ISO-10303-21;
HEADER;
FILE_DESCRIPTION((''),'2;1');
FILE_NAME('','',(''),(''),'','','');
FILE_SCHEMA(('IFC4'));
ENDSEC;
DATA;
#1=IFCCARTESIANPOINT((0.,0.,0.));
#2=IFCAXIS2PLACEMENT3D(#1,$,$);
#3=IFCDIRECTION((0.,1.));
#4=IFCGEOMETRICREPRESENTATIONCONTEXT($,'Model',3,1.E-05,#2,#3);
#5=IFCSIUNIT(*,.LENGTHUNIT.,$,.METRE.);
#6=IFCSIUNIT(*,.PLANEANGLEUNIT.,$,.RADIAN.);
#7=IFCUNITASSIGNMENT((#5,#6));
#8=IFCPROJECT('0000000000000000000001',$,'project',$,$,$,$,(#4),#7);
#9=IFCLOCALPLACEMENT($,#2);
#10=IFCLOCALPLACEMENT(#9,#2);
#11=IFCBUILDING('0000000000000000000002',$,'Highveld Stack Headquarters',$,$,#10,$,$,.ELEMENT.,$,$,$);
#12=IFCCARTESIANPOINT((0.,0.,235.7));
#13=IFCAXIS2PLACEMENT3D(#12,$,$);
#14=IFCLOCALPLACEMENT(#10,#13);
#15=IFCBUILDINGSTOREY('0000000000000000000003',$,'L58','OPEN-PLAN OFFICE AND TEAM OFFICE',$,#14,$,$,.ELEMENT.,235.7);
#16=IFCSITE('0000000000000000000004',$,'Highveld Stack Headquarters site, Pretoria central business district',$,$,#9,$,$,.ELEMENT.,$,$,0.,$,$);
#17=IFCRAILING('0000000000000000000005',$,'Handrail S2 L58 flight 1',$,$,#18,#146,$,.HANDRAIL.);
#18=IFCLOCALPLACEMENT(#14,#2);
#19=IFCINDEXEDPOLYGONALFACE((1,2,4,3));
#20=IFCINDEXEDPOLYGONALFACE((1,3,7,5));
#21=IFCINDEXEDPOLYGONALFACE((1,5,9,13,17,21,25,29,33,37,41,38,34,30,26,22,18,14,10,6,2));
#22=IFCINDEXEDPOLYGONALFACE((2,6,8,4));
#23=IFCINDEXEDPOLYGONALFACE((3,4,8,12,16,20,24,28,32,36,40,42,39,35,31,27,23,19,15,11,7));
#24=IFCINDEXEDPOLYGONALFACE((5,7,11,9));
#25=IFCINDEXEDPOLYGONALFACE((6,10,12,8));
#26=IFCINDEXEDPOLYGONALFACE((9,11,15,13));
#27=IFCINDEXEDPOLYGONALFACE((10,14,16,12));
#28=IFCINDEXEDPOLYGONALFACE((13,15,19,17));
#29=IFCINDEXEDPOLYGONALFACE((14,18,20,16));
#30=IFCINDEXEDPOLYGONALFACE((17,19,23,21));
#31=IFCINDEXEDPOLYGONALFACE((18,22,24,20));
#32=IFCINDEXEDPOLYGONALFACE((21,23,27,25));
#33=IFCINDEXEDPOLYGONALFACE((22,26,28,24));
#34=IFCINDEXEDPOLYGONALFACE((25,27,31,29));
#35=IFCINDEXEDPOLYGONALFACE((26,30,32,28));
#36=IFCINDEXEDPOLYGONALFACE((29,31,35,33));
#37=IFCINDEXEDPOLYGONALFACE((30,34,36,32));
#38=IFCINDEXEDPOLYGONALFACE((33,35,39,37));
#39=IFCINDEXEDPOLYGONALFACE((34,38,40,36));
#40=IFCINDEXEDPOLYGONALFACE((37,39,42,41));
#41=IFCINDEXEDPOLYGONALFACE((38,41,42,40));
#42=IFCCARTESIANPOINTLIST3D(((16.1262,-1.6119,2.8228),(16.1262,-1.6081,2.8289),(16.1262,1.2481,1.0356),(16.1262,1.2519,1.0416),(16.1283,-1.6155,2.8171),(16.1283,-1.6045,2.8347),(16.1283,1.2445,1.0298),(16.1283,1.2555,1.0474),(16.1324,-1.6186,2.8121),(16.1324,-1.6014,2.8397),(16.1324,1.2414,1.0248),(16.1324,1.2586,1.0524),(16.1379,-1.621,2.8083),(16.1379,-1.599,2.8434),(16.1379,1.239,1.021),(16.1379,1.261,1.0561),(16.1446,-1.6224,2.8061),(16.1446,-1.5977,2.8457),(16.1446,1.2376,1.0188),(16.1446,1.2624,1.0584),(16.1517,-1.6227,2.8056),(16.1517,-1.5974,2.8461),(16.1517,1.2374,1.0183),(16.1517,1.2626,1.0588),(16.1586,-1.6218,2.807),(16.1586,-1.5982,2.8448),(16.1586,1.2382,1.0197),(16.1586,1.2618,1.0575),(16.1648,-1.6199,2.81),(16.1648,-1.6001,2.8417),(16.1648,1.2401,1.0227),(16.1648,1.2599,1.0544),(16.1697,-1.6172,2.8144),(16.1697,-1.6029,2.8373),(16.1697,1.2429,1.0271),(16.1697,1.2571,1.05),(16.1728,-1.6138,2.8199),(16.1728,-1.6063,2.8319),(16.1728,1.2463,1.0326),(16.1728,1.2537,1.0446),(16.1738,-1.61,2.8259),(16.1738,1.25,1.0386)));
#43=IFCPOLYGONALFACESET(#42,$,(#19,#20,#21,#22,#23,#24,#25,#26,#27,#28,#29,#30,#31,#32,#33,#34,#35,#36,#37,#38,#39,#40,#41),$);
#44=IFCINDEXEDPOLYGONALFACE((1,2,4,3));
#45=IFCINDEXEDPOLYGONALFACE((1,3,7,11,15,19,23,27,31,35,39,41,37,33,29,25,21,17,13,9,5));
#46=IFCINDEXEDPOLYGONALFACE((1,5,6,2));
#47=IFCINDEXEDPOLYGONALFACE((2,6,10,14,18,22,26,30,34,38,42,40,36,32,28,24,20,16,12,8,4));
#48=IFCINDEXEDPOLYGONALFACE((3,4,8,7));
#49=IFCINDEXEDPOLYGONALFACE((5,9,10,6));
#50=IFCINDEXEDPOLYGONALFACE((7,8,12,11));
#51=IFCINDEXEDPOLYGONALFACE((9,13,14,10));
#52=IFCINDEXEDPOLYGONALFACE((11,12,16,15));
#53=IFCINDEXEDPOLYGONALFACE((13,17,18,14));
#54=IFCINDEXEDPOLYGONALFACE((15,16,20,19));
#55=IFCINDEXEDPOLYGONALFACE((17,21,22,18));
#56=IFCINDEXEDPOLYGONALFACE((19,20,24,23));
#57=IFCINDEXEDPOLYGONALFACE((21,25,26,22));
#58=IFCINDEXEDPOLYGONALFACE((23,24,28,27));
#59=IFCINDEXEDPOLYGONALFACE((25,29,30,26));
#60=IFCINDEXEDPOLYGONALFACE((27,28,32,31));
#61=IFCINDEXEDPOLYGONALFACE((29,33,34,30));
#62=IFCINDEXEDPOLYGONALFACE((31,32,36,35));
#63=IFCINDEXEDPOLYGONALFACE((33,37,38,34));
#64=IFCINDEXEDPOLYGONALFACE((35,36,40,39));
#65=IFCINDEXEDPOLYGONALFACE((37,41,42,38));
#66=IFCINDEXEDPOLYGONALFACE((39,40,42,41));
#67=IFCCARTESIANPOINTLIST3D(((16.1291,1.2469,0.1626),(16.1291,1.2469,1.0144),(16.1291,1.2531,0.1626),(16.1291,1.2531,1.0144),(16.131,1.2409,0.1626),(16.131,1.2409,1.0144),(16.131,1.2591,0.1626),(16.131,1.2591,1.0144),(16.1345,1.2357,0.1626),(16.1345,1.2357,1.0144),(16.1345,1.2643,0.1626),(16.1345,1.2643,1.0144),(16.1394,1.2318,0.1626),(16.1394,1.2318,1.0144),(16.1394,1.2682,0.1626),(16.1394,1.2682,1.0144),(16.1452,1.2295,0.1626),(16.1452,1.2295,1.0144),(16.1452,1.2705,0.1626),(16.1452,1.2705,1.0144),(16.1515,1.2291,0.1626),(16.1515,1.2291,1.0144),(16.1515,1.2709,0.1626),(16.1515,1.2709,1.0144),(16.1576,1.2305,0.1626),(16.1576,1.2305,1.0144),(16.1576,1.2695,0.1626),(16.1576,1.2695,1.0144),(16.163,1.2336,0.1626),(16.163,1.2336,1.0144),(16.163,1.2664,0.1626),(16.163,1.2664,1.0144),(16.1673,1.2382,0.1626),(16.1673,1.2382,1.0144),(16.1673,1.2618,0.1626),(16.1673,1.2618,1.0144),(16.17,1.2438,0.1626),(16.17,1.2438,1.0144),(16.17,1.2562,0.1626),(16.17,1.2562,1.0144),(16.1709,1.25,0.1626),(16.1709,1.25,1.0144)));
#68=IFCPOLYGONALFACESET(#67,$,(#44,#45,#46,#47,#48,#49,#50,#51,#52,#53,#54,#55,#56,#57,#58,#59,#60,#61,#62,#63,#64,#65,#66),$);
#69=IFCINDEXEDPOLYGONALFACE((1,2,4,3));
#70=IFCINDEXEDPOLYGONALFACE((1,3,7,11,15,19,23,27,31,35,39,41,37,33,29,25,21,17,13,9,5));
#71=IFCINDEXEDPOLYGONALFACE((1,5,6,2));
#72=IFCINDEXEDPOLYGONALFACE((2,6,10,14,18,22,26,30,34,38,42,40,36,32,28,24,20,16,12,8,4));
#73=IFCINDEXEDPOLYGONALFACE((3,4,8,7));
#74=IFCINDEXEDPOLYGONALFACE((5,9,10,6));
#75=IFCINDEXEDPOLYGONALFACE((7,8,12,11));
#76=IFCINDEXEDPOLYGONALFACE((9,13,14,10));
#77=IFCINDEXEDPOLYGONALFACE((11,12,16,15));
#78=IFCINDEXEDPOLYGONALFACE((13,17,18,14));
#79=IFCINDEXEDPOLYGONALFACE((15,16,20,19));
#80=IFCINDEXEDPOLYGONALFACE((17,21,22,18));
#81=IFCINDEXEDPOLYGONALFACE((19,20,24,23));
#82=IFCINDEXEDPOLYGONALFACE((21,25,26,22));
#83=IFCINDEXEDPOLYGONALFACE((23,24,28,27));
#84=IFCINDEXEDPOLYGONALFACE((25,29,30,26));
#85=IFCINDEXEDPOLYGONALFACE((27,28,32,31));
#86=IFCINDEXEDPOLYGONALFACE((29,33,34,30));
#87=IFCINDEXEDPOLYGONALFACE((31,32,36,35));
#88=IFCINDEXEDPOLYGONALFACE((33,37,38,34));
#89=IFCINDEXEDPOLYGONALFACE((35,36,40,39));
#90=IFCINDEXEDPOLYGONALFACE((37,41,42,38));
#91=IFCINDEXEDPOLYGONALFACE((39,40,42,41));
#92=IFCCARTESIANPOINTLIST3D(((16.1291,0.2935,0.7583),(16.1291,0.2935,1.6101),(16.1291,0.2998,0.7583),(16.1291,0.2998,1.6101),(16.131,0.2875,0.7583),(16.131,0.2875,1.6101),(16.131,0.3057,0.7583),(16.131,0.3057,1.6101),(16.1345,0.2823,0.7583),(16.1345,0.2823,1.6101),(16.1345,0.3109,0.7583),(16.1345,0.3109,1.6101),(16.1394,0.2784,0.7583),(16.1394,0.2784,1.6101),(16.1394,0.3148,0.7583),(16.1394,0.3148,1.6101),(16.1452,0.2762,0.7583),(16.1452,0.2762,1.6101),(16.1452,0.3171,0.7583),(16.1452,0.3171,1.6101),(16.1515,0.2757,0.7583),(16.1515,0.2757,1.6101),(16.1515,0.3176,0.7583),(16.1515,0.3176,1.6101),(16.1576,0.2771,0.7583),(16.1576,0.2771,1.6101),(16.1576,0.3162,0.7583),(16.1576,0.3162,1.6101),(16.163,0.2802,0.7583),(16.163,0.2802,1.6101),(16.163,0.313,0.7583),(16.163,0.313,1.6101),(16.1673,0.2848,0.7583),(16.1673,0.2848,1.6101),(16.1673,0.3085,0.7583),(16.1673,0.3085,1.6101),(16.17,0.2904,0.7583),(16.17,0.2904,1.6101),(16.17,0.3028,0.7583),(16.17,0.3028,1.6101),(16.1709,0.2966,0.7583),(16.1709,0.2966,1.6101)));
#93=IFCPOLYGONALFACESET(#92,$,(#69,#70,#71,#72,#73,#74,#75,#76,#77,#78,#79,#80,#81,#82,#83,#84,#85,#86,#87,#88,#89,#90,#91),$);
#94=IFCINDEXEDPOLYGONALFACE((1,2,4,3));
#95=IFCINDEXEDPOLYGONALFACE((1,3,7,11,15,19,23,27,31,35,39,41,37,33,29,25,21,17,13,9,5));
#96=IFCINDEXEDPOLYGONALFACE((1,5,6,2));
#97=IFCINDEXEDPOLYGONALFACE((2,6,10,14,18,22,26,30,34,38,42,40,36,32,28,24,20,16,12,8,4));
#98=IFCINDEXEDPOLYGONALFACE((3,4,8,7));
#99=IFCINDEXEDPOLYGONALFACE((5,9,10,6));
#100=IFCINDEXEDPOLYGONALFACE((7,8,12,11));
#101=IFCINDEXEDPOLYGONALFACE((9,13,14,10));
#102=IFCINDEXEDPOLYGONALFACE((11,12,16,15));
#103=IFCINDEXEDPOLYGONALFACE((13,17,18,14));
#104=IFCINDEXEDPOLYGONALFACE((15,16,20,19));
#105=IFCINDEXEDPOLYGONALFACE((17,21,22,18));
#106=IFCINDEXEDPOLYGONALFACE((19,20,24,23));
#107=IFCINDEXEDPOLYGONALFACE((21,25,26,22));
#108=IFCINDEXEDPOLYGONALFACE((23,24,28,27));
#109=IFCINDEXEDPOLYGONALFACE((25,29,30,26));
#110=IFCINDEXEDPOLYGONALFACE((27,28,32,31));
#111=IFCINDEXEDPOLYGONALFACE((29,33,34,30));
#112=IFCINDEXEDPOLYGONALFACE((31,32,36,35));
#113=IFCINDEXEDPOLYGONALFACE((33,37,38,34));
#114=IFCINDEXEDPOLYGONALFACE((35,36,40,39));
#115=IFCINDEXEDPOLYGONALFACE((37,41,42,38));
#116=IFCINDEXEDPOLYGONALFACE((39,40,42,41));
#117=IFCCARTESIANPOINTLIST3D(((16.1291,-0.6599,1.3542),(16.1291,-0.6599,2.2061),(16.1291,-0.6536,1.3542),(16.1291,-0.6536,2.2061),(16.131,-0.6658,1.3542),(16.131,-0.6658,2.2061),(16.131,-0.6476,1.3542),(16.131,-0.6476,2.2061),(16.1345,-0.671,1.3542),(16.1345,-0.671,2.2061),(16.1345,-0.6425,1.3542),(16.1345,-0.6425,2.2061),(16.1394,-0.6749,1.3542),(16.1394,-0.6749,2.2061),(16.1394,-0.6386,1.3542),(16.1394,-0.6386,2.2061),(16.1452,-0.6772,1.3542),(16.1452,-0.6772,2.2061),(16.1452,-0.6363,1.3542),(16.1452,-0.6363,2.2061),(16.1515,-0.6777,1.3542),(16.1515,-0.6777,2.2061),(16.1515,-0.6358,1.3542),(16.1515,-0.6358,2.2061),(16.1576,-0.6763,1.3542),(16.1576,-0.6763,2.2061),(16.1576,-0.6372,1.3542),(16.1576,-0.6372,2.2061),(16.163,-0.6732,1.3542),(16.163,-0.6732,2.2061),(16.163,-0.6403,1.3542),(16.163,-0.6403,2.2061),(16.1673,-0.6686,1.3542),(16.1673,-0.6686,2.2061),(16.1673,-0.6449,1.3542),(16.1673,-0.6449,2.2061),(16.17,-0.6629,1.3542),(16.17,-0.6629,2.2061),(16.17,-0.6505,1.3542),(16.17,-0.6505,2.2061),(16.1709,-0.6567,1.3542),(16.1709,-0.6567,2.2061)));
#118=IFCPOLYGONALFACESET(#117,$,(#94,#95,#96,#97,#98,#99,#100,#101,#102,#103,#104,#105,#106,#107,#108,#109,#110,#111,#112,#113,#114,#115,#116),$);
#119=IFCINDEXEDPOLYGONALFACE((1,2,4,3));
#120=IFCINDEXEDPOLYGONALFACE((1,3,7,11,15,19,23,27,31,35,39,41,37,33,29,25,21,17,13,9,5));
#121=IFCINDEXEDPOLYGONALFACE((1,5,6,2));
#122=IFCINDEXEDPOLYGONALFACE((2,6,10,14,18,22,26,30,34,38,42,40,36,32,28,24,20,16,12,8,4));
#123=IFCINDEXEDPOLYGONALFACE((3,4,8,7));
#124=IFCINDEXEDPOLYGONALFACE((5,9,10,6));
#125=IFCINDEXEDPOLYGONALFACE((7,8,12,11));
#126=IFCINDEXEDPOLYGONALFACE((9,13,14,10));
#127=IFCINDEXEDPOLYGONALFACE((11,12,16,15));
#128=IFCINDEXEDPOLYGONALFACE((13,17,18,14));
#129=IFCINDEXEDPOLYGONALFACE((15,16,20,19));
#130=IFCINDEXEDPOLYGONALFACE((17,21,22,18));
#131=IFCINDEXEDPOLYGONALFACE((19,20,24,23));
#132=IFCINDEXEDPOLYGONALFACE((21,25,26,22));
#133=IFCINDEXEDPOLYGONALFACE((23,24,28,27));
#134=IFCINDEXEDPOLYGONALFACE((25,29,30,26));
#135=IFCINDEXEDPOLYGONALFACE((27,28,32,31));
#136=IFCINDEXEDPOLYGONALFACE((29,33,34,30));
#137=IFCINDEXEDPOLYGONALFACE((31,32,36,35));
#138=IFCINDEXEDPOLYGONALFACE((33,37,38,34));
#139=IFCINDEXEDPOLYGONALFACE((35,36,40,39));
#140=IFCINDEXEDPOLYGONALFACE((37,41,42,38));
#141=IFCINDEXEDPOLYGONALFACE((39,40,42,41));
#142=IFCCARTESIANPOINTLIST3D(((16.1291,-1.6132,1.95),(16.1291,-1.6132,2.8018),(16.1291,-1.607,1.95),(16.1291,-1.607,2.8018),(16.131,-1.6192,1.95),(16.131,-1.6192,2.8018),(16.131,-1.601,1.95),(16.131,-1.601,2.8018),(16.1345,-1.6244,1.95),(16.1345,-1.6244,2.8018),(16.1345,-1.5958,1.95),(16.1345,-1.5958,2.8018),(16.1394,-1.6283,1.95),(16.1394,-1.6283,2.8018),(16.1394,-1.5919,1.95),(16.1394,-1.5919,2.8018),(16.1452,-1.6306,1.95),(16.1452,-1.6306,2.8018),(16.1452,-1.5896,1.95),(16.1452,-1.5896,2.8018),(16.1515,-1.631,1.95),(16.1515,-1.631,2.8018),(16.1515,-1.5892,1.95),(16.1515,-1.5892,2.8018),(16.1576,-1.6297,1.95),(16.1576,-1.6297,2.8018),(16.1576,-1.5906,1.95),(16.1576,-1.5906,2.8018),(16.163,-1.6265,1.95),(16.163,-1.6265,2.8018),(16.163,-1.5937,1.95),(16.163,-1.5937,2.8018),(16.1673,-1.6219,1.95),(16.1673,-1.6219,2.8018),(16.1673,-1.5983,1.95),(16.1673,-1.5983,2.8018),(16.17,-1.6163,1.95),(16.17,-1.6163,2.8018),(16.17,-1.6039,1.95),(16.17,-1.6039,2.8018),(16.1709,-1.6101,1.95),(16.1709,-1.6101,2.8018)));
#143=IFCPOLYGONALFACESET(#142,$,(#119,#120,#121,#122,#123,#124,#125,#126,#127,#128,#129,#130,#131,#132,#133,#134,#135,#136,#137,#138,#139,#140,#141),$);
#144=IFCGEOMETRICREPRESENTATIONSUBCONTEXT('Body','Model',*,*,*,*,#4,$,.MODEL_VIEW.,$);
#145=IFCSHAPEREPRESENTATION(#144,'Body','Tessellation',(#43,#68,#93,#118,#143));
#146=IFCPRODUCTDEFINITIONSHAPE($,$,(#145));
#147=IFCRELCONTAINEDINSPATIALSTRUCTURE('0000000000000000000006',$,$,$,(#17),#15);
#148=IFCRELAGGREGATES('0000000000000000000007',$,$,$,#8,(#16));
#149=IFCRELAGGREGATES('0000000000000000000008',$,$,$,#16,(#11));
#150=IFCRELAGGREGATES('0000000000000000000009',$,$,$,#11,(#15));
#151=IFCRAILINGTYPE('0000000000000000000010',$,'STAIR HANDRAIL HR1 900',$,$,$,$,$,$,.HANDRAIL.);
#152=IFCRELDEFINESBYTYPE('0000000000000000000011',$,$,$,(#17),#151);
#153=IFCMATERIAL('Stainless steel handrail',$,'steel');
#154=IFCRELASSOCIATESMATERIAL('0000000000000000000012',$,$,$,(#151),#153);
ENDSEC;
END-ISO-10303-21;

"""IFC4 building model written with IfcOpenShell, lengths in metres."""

from ifc_helpers import new_model, si_unit, direction, frame, origin, origin_2d, place, context, subcontext, project, spatial, circle, extrude, material, type_object, element, save


model = new_model("IFC4")

# Units and contexts
model_context = context("Model", 3, precision=1e-05, world=origin(), true_north=direction((0.0, 1.0)))
body_context = subcontext(model_context, "Body", "Model", "MODEL_VIEW")
ifc_project = project(units=[si_unit("LENGTHUNIT", "METRE"), si_unit("PLANEANGLEUNIT", "RADIAN")], contexts=[model_context])

# Site, building, storey
site_placement = place(None, origin())
site = spatial("IfcSite", under=ifc_project, at=site_placement, Name="Highveld Stack Headquarters site, Pretoria central business district", CompositionType="ELEMENT", RefElevation=0.0)
building_placement = place(site_placement, origin())
building = spatial("IfcBuilding", under=site, at=building_placement, Name="Highveld Stack Headquarters", CompositionType="ELEMENT")
storey_placement = place(building_placement, frame((0.0, 0.0, 235.7)))
storey = spatial("IfcBuildingStorey", under=building, at=storey_placement, Name="L58", Description="OPEN-PLAN OFFICE AND TEAM OFFICE", CompositionType="ELEMENT", Elevation=235.7)

# Railing
ifc_material_1 = material(Name="Stainless steel handrail", Category="steel")
railing_type = type_object("IfcRailingType", Name="STAIR HANDRAIL HR1 900", PredefinedType="HANDRAIL", material=ifc_material_1)
for number, where, name in (
    (1, (16.1499, 1.25, 0.1626), "Handrail S2 L58 flight 1"),
):
    element("IfcRailing", number, at=place(storey_placement, frame(where)), inside=storey, type_object=railing_type, Name=name, PredefinedType="HANDRAIL", context=body_context, shape_type="SweptSolid", body=[
        extrude(circle(Radius=0.0239, at=origin_2d()), frame((0.0, 0.0, 0.876), z_axis=(0.0, -0.848027, 0.529953), x_axis=(1.0, 0.0, 0.0)), (0.0, 0.0, 1.0), 3.3726),
        extrude(circle(Radius=0.021, at=origin_2d()), origin(), (0.0, 0.0, 1.0), 0.8518),
        extrude(circle(Radius=0.021, at=origin_2d()), frame((0.0, -0.9534, 0.5957)), (0.0, 0.0, 1.0), 0.8518),
        extrude(circle(Radius=0.021, at=origin_2d()), frame((0.0, -1.9067, 1.1917)), (0.0, 0.0, 1.0), 0.8518),
        extrude(circle(Radius=0.021, at=origin_2d()), frame((0.0, -2.8601, 1.7874)), (0.0, 0.0, 1.0), 0.8518),
    ])

save(model, "model.ifc")
